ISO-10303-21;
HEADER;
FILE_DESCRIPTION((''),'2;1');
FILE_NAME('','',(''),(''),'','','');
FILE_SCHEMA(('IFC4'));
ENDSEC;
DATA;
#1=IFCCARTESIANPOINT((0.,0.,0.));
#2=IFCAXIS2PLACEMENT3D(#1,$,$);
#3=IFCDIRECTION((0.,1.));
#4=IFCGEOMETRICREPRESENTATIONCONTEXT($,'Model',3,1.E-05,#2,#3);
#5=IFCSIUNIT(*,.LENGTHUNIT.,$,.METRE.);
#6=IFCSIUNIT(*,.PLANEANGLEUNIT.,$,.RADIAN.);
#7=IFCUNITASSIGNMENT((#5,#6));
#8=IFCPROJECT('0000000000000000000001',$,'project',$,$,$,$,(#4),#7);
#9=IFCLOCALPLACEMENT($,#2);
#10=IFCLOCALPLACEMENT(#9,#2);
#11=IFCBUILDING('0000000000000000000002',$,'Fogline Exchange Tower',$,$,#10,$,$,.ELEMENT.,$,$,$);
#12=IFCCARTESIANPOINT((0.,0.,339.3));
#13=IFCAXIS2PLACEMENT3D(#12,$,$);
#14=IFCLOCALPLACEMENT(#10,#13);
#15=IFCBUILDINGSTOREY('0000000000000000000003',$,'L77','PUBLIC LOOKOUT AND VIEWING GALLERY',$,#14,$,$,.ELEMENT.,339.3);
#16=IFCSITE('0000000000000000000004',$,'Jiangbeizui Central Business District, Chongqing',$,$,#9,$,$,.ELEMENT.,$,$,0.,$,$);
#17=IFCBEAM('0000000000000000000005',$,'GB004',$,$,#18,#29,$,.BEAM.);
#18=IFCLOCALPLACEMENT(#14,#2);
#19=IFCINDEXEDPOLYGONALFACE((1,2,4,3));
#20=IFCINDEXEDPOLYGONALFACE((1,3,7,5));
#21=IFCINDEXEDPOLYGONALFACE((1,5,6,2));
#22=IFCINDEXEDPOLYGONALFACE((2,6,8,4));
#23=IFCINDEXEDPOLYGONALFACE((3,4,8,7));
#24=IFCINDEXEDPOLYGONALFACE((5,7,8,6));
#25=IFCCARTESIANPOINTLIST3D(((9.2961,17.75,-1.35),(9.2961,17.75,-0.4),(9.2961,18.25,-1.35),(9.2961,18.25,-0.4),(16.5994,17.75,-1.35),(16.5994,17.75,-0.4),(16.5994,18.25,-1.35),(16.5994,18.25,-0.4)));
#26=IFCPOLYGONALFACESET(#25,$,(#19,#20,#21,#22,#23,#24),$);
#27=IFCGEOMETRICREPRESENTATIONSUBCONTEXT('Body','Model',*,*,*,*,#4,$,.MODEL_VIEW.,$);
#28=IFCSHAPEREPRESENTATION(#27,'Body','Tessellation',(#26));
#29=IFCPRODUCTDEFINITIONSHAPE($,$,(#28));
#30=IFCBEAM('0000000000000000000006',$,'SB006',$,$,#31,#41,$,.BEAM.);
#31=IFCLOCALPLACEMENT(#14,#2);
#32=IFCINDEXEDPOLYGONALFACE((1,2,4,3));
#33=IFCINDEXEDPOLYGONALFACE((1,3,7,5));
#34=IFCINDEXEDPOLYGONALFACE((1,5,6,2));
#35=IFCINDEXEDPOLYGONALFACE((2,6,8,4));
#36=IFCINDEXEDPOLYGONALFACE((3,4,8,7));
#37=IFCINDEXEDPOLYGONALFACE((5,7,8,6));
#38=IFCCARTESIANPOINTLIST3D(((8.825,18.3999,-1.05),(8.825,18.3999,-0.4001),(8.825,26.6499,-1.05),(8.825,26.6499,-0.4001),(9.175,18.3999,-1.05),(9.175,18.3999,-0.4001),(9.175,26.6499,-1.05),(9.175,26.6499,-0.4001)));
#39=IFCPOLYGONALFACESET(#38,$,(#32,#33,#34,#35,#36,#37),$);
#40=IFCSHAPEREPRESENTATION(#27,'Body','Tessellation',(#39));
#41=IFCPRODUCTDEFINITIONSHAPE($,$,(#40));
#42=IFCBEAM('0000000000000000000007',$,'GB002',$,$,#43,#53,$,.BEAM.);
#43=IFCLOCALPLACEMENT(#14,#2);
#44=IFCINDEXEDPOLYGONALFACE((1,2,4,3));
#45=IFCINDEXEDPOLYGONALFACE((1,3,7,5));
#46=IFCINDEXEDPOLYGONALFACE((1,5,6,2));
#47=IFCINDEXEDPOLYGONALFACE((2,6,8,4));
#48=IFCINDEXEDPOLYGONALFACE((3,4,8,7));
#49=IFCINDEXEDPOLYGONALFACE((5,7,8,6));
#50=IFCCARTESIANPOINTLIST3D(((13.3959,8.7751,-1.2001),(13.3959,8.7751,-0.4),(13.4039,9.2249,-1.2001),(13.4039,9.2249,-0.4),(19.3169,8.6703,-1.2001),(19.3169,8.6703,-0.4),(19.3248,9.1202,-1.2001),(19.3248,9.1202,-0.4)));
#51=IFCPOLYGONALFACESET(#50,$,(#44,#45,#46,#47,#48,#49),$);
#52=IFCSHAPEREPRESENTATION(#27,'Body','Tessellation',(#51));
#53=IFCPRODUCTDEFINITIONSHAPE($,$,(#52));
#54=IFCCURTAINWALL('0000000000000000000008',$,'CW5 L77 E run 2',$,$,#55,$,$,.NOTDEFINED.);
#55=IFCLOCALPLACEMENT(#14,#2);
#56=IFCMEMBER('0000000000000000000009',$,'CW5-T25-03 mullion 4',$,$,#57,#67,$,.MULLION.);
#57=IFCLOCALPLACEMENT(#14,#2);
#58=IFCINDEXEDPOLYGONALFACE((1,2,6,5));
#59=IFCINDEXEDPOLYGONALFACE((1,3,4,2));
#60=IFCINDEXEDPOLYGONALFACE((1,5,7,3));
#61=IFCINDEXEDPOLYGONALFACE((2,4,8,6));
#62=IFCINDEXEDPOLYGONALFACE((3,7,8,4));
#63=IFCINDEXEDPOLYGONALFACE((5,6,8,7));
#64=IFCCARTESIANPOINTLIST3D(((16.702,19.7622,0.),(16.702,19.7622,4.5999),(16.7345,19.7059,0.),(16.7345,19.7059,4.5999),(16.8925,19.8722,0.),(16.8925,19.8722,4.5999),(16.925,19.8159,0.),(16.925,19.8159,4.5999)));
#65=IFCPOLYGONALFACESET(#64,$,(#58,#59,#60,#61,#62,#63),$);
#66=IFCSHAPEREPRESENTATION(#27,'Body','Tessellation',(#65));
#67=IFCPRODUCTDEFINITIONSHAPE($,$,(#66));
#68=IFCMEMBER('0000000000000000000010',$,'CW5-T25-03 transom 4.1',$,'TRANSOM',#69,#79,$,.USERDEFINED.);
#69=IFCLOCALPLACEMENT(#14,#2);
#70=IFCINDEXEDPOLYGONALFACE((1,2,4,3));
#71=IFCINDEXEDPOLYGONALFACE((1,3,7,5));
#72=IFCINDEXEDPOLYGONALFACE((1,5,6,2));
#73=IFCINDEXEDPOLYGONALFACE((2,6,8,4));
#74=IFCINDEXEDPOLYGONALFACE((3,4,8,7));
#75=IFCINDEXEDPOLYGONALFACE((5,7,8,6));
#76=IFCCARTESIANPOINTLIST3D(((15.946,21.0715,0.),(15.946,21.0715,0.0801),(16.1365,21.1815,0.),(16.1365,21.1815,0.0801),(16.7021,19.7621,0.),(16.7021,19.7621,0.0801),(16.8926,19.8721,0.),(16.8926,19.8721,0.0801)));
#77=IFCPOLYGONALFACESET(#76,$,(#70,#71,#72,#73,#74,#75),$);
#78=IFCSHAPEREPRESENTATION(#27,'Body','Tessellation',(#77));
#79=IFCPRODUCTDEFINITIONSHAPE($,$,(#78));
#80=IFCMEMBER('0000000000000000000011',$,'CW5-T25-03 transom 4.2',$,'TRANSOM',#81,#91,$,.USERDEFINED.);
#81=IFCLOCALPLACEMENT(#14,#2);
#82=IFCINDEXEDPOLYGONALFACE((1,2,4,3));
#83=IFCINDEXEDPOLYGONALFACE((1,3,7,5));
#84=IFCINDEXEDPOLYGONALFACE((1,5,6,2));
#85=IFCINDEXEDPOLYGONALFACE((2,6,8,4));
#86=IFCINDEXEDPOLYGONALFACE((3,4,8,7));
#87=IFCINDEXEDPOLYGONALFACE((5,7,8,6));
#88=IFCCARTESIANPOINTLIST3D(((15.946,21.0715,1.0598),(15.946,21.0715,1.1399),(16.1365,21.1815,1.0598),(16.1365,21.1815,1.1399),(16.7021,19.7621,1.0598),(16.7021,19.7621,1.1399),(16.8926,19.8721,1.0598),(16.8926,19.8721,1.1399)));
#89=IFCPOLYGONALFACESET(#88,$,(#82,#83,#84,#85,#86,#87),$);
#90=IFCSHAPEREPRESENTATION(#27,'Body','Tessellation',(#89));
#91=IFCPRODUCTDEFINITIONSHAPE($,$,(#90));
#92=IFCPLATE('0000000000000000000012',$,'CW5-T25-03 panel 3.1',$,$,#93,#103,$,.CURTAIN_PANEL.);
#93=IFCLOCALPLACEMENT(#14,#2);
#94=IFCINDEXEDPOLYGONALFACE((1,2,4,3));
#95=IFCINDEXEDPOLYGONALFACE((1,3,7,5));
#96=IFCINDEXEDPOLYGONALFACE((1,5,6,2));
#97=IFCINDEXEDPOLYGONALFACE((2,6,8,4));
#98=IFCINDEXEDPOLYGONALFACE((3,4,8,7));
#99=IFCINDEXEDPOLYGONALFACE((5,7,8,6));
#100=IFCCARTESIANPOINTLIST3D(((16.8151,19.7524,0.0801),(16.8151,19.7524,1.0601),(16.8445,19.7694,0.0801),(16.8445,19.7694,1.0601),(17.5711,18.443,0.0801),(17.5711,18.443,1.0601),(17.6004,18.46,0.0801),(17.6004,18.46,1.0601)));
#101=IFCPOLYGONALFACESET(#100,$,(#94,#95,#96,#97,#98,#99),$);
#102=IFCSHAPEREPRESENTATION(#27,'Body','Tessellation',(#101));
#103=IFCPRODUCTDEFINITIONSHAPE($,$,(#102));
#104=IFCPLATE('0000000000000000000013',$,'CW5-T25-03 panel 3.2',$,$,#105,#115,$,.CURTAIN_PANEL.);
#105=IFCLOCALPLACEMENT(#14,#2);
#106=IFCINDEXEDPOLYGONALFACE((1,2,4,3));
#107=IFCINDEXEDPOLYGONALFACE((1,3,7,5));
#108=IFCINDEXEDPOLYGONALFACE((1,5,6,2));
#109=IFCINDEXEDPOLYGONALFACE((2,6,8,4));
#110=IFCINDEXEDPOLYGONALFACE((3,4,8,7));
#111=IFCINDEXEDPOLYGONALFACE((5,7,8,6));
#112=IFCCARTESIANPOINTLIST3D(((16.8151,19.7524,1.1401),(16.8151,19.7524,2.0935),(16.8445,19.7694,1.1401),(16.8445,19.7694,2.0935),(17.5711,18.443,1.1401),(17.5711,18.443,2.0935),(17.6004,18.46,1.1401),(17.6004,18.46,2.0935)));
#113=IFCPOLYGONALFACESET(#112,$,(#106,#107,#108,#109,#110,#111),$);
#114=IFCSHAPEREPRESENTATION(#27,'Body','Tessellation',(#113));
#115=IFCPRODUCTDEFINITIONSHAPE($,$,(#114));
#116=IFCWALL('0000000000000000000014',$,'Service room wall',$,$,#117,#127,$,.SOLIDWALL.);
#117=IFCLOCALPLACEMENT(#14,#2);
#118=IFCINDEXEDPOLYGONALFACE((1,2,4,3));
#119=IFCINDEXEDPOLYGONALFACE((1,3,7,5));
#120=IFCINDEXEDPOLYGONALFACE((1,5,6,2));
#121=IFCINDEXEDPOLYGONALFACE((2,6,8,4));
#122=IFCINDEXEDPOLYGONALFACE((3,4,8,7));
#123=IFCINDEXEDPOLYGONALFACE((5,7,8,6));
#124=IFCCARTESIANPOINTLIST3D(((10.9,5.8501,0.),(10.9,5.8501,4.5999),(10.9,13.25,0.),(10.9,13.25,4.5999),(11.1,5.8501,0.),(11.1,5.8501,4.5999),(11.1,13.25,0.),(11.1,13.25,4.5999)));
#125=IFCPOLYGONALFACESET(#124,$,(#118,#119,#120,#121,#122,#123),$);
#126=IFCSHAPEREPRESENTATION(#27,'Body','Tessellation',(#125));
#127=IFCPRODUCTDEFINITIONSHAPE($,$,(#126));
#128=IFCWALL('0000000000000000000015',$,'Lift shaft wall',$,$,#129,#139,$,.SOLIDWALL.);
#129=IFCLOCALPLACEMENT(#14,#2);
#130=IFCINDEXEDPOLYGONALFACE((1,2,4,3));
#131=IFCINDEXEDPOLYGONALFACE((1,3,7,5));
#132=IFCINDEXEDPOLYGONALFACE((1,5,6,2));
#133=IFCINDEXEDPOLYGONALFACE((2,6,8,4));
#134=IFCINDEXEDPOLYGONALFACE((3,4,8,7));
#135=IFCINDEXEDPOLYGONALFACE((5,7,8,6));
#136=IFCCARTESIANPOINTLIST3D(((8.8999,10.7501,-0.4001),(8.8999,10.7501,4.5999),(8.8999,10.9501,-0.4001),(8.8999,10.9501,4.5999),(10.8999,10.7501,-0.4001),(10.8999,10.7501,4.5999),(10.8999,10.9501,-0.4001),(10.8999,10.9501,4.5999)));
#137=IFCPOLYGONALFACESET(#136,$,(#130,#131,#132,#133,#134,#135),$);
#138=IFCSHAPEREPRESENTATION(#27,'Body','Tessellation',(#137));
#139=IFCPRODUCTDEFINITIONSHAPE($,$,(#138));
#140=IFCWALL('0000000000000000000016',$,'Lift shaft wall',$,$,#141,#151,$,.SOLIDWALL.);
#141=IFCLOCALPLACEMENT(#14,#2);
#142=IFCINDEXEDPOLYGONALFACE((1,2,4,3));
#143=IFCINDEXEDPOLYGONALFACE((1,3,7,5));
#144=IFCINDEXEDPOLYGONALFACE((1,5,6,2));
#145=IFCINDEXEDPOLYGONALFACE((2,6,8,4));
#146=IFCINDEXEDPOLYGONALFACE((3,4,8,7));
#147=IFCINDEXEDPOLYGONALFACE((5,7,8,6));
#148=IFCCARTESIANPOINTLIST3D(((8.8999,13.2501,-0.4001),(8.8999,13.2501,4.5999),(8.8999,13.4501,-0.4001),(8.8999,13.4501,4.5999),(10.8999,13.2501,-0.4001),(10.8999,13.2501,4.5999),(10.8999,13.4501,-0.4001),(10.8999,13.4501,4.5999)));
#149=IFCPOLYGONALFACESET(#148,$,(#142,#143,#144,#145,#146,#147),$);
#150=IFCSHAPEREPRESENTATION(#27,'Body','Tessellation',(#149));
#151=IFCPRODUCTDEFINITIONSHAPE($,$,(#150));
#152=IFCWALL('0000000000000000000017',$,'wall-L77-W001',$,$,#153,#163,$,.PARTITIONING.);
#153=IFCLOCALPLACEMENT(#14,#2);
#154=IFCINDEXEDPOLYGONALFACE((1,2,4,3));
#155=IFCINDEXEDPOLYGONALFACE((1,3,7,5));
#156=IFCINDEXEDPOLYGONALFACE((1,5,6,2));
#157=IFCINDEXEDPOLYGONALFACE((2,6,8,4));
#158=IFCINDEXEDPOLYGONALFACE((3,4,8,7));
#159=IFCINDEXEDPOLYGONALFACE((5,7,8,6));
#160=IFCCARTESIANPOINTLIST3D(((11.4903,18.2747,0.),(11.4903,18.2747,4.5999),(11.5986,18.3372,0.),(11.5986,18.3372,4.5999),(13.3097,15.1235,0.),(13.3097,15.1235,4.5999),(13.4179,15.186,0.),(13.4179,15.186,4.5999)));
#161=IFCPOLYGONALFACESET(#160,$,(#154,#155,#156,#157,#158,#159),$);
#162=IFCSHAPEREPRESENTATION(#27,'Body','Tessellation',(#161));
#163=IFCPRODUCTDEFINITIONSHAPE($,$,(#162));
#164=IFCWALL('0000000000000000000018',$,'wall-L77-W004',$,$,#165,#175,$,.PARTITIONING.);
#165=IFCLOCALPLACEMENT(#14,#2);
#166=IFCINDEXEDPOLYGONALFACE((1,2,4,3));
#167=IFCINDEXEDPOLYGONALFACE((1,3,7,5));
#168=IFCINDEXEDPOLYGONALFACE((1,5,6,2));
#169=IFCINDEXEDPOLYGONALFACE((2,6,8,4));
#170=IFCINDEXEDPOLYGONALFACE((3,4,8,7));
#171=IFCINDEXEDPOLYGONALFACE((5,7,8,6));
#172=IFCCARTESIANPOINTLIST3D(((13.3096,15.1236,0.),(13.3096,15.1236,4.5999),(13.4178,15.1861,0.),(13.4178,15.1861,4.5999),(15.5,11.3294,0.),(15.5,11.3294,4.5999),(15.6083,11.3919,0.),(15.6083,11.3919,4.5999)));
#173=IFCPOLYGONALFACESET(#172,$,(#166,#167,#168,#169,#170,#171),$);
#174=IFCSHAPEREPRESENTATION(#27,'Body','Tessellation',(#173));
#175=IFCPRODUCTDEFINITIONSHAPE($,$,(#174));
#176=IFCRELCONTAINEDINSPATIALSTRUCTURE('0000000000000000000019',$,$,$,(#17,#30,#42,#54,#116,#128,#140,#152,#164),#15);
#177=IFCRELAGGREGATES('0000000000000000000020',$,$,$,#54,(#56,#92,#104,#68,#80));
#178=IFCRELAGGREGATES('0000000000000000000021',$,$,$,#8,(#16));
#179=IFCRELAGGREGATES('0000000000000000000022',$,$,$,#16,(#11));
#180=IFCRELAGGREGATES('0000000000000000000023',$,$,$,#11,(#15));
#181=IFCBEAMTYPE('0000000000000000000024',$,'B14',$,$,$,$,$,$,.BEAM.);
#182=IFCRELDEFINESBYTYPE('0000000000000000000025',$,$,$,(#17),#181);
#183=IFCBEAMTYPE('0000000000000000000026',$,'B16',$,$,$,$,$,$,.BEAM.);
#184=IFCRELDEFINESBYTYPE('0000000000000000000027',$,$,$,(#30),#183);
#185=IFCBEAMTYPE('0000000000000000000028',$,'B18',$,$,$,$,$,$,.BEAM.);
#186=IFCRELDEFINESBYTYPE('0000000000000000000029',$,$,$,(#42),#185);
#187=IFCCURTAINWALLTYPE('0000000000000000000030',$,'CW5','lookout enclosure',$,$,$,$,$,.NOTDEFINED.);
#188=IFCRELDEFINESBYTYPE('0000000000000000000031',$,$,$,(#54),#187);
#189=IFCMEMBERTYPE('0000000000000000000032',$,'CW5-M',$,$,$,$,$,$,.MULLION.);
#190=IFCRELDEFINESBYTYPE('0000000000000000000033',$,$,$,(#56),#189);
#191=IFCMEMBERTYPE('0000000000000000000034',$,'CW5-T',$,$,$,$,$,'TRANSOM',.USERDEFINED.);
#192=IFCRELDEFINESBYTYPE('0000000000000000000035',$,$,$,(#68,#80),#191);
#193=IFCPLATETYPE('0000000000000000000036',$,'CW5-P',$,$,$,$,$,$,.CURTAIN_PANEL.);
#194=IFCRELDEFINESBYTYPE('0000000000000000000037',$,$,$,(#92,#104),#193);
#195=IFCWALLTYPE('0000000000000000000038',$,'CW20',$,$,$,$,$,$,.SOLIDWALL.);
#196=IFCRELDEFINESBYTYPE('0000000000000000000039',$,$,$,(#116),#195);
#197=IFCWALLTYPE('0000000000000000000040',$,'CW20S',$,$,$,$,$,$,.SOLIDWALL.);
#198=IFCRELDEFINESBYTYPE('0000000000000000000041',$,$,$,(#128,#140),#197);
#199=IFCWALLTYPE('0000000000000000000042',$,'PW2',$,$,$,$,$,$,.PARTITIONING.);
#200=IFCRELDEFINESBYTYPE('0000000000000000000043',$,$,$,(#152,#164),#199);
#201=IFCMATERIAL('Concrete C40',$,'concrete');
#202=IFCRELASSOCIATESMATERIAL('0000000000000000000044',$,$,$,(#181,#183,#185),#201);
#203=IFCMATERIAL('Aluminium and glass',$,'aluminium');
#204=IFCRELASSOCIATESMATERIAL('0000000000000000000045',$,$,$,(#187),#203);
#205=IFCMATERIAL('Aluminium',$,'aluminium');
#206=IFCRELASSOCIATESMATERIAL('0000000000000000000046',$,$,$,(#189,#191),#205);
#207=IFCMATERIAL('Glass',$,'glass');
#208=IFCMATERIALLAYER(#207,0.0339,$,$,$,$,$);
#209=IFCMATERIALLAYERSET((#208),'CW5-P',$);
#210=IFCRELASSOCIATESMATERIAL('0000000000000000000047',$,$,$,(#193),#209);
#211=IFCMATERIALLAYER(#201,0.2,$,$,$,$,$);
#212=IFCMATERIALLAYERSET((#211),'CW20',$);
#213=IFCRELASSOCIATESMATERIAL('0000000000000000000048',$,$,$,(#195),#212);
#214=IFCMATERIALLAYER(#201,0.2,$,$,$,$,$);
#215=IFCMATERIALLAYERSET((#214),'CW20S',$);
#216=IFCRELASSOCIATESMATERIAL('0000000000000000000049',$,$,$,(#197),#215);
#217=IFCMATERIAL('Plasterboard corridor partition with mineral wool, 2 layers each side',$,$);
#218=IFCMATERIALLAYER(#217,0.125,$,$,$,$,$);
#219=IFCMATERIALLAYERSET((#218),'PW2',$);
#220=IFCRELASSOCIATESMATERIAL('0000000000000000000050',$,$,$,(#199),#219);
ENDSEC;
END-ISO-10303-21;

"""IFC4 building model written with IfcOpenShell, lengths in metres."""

from ifc_helpers import new_model, si_unit, direction, frame, frame_2d, origin, origin_2d, place, context, subcontext, project, spatial, rectangle, extrude, material, layer, layer_set, material_profile, profile_set, type_object, element, aggregate, save


model = new_model("IFC4")

# Units and contexts
model_context = context("Model", 3, precision=1e-05, world=origin(), true_north=direction((0.0, 1.0)))
body_context = subcontext(model_context, "Body", "Model", "MODEL_VIEW")
ifc_project = project(units=[si_unit("LENGTHUNIT", "METRE"), si_unit("PLANEANGLEUNIT", "RADIAN")], contexts=[model_context])

# Site, building, storey
site_placement = place(None, origin())
site = spatial("IfcSite", under=ifc_project, at=site_placement, Name="Jiangbeizui Central Business District, Chongqing", CompositionType="ELEMENT", RefElevation=0.0)
building_placement = place(site_placement, origin())
building = spatial("IfcBuilding", under=site, at=building_placement, Name="Fogline Exchange Tower", CompositionType="ELEMENT")
storey_placement = place(building_placement, frame((0.0, 0.0, 339.3)))
storey = spatial("IfcBuildingStorey", under=building, at=storey_placement, Name="L77", Description="PUBLIC LOOKOUT AND VIEWING GALLERY", CompositionType="ELEMENT", Elevation=339.3)

# Beams
ifc_material_1 = material(Name="Concrete C40", Category="concrete")
ifc_material_profile_1 = material_profile(ifc_material_1, rectangle(XDim=0.5, YDim=0.95, at=origin_2d()), Name="RC 500x950")
ifc_profile_set_1 = profile_set([ifc_material_profile_1], Name="Concrete C40")
beam_type_1 = type_object("IfcBeamType", Name="B14", PredefinedType="BEAM", material=ifc_profile_set_1)
beam_1_placement = place(storey_placement, frame((9.2961, 18.0, -0.875), z_axis=(1.0, 0.0, 0.0), x_axis=(0.0, 1.0, 0.0)))
element("IfcBeam", 1, at=beam_1_placement, inside=storey, type_object=beam_type_1, Name="GB004", PredefinedType="BEAM", context=body_context, shape_type="SweptSolid", body=[
    extrude(rectangle(XDim=0.5, YDim=0.95, at=origin_2d()), origin(), (0.0, 0.0, 1.0), 7.3032),
])
ifc_material_profile_2 = material_profile(ifc_material_1, rectangle(XDim=0.3501, YDim=0.6499, at=origin_2d()), Name="RC 350x650")
ifc_profile_set_2 = profile_set([ifc_material_profile_2], Name="Concrete C40")
beam_type_2 = type_object("IfcBeamType", Name="B16", PredefinedType="BEAM", material=ifc_profile_set_2)
beam_2_placement = place(storey_placement, frame((9.0, 18.3999, -0.7251), z_axis=(0.0, 1.0, 0.0), x_axis=(-1.0, 0.0, 0.0)))
element("IfcBeam", 2, at=beam_2_placement, inside=storey, type_object=beam_type_2, Name="SB006", PredefinedType="BEAM", context=body_context, shape_type="SweptSolid", body=[
    extrude(rectangle(XDim=0.3501, YDim=0.6499, at=origin_2d()), origin(), (0.0, 0.0, 1.0), 8.25),
])
ifc_material_profile_3 = material_profile(ifc_material_1, rectangle(XDim=0.45, YDim=0.8, at=origin_2d()), Name="RC 450x800")
ifc_profile_set_3 = profile_set([ifc_material_profile_3], Name="Concrete C40")
beam_type_3 = type_object("IfcBeamType", Name="B18", PredefinedType="BEAM", material=ifc_profile_set_3)
beam_3_placement = place(storey_placement, frame((13.3999, 9.0, -0.8), z_axis=(0.999844, -0.017686, 0.0), x_axis=(0.017686, 0.999844, 0.0)))
element("IfcBeam", 3, at=beam_3_placement, inside=storey, type_object=beam_type_3, Name="GB002", PredefinedType="BEAM", context=body_context, shape_type="SweptSolid", body=[
    extrude(rectangle(XDim=0.45, YDim=0.8, at=origin_2d()), origin(), (0.0, 0.0, 1.0), 5.9219),
])

# Curtain wall, members, plates
ifc_material_2 = material(Name="Aluminium and glass", Category="aluminium")
curtain_wall_type = type_object("IfcCurtainWallType", Name="CW5", Description="lookout enclosure", PredefinedType="NOTDEFINED", material=ifc_material_2)
curtain_wall_placement = place(storey_placement, origin())
curtain_wall = element("IfcCurtainWall", 4, at=curtain_wall_placement, inside=storey, type_object=curtain_wall_type, Name="CW5 L77 E run 2", PredefinedType="NOTDEFINED")
ifc_material_3 = material(Name="Aluminium", Category="aluminium")
ifc_material_profile_4 = material_profile(ifc_material_3, rectangle(XDim=0.22, YDim=0.0649, at=origin_2d()), Name="Mullion 65x220")
ifc_profile_set_4 = profile_set([ifc_material_profile_4], Name="Aluminium")
member_type_1 = type_object("IfcMemberType", Name="CW5-M", PredefinedType="MULLION", material=ifc_profile_set_4)
member_1_placement = place(storey_placement, frame((16.8135, 19.7891, 0.0), z_axis=(0.0, 0.0, 1.0), x_axis=(-0.866025, -0.5, 0.0)))
member_1 = element("IfcMember", 5, at=member_1_placement, type_object=member_type_1, Name="CW5-T25-03 mullion 4", PredefinedType="MULLION", context=body_context, shape_type="SweptSolid", body=[
    extrude(rectangle(XDim=0.22, YDim=0.0649, at=origin_2d()), origin(), (0.0, 0.0, 1.0), 4.5999),
])
ifc_material_profile_5 = material_profile(ifc_material_3, rectangle(XDim=0.22, YDim=0.0801, at=origin_2d()), Name="Transom 80x220")
ifc_profile_set_5 = profile_set([ifc_material_profile_5], Name="Aluminium")
member_type_2 = type_object("IfcMemberType", Name="CW5-T", ElementType="TRANSOM", PredefinedType="USERDEFINED", material=ifc_profile_set_5)
member_2_placement = place(storey_placement, frame((16.7974, 19.8171, 0.04), z_axis=(-0.500081, 0.865979, 0.0), x_axis=(-0.865979, -0.500081, 0.0)))
member_2 = element("IfcMember", 6, at=member_2_placement, type_object=member_type_2, Name="CW5-T25-03 transom 4.1", ObjectType="TRANSOM", PredefinedType="USERDEFINED", context=body_context, shape_type="SweptSolid", body=[
    extrude(rectangle(XDim=0.22, YDim=0.0801, at=origin_2d()), origin(), (0.0, 0.0, 1.0), 1.512),
])
member_3_placement = place(storey_placement, frame((16.7974, 19.8171, 1.0999), z_axis=(-0.500081, 0.865979, 0.0), x_axis=(-0.865979, -0.500081, 0.0)))
member_3 = element("IfcMember", 7, at=member_3_placement, type_object=member_type_2, Name="CW5-T25-03 transom 4.2", ObjectType="TRANSOM", PredefinedType="USERDEFINED", context=body_context, shape_type="SweptSolid", body=[
    extrude(rectangle(XDim=0.22, YDim=0.0801, at=origin_2d()), origin(), (0.0, 0.0, 1.0), 1.512),
])
ifc_material_4 = material(Name="Glass", Category="glass")
ifc_layer_1 = layer(ifc_material_4, 0.0339)
ifc_layer_set_1 = layer_set([ifc_layer_1], Name="CW5-P")
plate_type = type_object("IfcPlateType", Name="CW5-P", PredefinedType="CURTAIN_PANEL", material=ifc_layer_set_1)
plate_1_placement = place(storey_placement, frame((17.2078, 19.1062, 0.0801), z_axis=(0.0, 0.0, 1.0), x_axis=(-0.5, 0.866025, 0.0)))
plate_1 = element("IfcPlate", 8, at=plate_1_placement, type_object=plate_type, Name="CW5-T25-03 panel 3.1", PredefinedType="CURTAIN_PANEL", context=body_context, shape_type="SweptSolid", body=[
    extrude(rectangle(XDim=1.512, YDim=0.0339, at=origin_2d()), origin(), (0.0, 0.0, 1.0), 0.98),
])
plate_2_placement = place(storey_placement, frame((17.2078, 19.1062, 1.1401), z_axis=(0.0, 0.0, 1.0), x_axis=(-0.5, 0.866025, 0.0)))
plate_2 = element("IfcPlate", 9, at=plate_2_placement, type_object=plate_type, Name="CW5-T25-03 panel 3.2", PredefinedType="CURTAIN_PANEL", context=body_context, shape_type="SweptSolid", body=[
    extrude(rectangle(XDim=1.512, YDim=0.0339, at=origin_2d()), origin(), (0.0, 0.0, 1.0), 0.9534),
])
aggregate(curtain_wall, [member_1, plate_1, plate_2, member_2, member_3])

# Walls
ifc_layer_2 = layer(ifc_material_1, 0.2)
ifc_layer_set_2 = layer_set([ifc_layer_2], Name="CW20")
wall_type_1 = type_object("IfcWallType", Name="CW20", PredefinedType="SOLIDWALL", material=ifc_layer_set_2)
wall_1_placement = place(storey_placement, frame((11.0, 5.8501, 0.0), z_axis=(0.0, 0.0, 1.0), x_axis=(0.0, 1.0, 0.0)))
element("IfcWall", 10, at=wall_1_placement, inside=storey, type_object=wall_type_1, Name="Service room wall", PredefinedType="SOLIDWALL", context=body_context, shape_type="SweptSolid", body=[
    extrude(rectangle(XDim=7.3999, YDim=0.2, at=frame_2d((3.7, 0.0))), origin(), (0.0, 0.0, 1.0), 4.5999),
])
ifc_layer_3 = layer(ifc_material_1, 0.2)
ifc_layer_set_3 = layer_set([ifc_layer_3], Name="CW20S")
wall_type_2 = type_object("IfcWallType", Name="CW20S", PredefinedType="SOLIDWALL", material=ifc_layer_set_3)
for number, where, z_axis, x_axis, name in (
    (11, (8.8999, 10.8501, -0.4001), (0.0, 0.0, 1.0), (1.0, 0.0, 0.0), "Lift shaft wall"),
    (12, (8.8999, 13.3501, -0.4001), (0.0, 0.0, 1.0), (1.0, 0.0, 0.0), "Lift shaft wall"),
):
    element("IfcWall", number, at=place(storey_placement, frame(where, z_axis=z_axis, x_axis=x_axis)), inside=storey, type_object=wall_type_2, Name=name, PredefinedType="SOLIDWALL", context=body_context, shape_type="SweptSolid", body=[
        extrude(rectangle(XDim=2.0, YDim=0.2, at=frame_2d((1.0, 0.0))), origin(), (0.0, 0.0, 1.0), 5.0),
    ])
ifc_material_5 = material(Name="Plasterboard corridor partition with mineral wool, 2 layers each side")
ifc_layer_4 = layer(ifc_material_5, 0.125)
ifc_layer_set_4 = layer_set([ifc_layer_4], Name="PW2")
wall_type_3 = type_object("IfcWallType", Name="PW2", PredefinedType="PARTITIONING", material=ifc_layer_set_4)
wall_2_placement = place(storey_placement, frame((11.5444, 18.3059, 0.0), z_axis=(0.0, 0.0, 1.0), x_axis=(0.500007, -0.866021, 0.0)))
element("IfcWall", 13, at=wall_2_placement, inside=storey, type_object=wall_type_3, Name="wall-L77-W001", PredefinedType="PARTITIONING", context=body_context, shape_type="SweptSolid", body=[
    extrude(rectangle(XDim=3.6387, YDim=0.125, at=frame_2d((1.8193, 0.0))), origin(), (0.0, 0.0, 1.0), 4.5999),
])
wall_3_placement = place(storey_placement, frame((13.3638, 15.1548, 0.0), z_axis=(0.0, 0.0, 1.0), x_axis=(0.499975, -0.86604, 0.0)))
element("IfcWall", 14, at=wall_3_placement, inside=storey, type_object=wall_type_3, Name="wall-L77-W004", PredefinedType="PARTITIONING", context=body_context, shape_type="SweptSolid", body=[
    extrude(rectangle(XDim=4.3811, YDim=0.125, at=frame_2d((2.1904, 0.0))), origin(), (0.0, 0.0, 1.0), 4.5999),
])

save(model, "model.ifc")
